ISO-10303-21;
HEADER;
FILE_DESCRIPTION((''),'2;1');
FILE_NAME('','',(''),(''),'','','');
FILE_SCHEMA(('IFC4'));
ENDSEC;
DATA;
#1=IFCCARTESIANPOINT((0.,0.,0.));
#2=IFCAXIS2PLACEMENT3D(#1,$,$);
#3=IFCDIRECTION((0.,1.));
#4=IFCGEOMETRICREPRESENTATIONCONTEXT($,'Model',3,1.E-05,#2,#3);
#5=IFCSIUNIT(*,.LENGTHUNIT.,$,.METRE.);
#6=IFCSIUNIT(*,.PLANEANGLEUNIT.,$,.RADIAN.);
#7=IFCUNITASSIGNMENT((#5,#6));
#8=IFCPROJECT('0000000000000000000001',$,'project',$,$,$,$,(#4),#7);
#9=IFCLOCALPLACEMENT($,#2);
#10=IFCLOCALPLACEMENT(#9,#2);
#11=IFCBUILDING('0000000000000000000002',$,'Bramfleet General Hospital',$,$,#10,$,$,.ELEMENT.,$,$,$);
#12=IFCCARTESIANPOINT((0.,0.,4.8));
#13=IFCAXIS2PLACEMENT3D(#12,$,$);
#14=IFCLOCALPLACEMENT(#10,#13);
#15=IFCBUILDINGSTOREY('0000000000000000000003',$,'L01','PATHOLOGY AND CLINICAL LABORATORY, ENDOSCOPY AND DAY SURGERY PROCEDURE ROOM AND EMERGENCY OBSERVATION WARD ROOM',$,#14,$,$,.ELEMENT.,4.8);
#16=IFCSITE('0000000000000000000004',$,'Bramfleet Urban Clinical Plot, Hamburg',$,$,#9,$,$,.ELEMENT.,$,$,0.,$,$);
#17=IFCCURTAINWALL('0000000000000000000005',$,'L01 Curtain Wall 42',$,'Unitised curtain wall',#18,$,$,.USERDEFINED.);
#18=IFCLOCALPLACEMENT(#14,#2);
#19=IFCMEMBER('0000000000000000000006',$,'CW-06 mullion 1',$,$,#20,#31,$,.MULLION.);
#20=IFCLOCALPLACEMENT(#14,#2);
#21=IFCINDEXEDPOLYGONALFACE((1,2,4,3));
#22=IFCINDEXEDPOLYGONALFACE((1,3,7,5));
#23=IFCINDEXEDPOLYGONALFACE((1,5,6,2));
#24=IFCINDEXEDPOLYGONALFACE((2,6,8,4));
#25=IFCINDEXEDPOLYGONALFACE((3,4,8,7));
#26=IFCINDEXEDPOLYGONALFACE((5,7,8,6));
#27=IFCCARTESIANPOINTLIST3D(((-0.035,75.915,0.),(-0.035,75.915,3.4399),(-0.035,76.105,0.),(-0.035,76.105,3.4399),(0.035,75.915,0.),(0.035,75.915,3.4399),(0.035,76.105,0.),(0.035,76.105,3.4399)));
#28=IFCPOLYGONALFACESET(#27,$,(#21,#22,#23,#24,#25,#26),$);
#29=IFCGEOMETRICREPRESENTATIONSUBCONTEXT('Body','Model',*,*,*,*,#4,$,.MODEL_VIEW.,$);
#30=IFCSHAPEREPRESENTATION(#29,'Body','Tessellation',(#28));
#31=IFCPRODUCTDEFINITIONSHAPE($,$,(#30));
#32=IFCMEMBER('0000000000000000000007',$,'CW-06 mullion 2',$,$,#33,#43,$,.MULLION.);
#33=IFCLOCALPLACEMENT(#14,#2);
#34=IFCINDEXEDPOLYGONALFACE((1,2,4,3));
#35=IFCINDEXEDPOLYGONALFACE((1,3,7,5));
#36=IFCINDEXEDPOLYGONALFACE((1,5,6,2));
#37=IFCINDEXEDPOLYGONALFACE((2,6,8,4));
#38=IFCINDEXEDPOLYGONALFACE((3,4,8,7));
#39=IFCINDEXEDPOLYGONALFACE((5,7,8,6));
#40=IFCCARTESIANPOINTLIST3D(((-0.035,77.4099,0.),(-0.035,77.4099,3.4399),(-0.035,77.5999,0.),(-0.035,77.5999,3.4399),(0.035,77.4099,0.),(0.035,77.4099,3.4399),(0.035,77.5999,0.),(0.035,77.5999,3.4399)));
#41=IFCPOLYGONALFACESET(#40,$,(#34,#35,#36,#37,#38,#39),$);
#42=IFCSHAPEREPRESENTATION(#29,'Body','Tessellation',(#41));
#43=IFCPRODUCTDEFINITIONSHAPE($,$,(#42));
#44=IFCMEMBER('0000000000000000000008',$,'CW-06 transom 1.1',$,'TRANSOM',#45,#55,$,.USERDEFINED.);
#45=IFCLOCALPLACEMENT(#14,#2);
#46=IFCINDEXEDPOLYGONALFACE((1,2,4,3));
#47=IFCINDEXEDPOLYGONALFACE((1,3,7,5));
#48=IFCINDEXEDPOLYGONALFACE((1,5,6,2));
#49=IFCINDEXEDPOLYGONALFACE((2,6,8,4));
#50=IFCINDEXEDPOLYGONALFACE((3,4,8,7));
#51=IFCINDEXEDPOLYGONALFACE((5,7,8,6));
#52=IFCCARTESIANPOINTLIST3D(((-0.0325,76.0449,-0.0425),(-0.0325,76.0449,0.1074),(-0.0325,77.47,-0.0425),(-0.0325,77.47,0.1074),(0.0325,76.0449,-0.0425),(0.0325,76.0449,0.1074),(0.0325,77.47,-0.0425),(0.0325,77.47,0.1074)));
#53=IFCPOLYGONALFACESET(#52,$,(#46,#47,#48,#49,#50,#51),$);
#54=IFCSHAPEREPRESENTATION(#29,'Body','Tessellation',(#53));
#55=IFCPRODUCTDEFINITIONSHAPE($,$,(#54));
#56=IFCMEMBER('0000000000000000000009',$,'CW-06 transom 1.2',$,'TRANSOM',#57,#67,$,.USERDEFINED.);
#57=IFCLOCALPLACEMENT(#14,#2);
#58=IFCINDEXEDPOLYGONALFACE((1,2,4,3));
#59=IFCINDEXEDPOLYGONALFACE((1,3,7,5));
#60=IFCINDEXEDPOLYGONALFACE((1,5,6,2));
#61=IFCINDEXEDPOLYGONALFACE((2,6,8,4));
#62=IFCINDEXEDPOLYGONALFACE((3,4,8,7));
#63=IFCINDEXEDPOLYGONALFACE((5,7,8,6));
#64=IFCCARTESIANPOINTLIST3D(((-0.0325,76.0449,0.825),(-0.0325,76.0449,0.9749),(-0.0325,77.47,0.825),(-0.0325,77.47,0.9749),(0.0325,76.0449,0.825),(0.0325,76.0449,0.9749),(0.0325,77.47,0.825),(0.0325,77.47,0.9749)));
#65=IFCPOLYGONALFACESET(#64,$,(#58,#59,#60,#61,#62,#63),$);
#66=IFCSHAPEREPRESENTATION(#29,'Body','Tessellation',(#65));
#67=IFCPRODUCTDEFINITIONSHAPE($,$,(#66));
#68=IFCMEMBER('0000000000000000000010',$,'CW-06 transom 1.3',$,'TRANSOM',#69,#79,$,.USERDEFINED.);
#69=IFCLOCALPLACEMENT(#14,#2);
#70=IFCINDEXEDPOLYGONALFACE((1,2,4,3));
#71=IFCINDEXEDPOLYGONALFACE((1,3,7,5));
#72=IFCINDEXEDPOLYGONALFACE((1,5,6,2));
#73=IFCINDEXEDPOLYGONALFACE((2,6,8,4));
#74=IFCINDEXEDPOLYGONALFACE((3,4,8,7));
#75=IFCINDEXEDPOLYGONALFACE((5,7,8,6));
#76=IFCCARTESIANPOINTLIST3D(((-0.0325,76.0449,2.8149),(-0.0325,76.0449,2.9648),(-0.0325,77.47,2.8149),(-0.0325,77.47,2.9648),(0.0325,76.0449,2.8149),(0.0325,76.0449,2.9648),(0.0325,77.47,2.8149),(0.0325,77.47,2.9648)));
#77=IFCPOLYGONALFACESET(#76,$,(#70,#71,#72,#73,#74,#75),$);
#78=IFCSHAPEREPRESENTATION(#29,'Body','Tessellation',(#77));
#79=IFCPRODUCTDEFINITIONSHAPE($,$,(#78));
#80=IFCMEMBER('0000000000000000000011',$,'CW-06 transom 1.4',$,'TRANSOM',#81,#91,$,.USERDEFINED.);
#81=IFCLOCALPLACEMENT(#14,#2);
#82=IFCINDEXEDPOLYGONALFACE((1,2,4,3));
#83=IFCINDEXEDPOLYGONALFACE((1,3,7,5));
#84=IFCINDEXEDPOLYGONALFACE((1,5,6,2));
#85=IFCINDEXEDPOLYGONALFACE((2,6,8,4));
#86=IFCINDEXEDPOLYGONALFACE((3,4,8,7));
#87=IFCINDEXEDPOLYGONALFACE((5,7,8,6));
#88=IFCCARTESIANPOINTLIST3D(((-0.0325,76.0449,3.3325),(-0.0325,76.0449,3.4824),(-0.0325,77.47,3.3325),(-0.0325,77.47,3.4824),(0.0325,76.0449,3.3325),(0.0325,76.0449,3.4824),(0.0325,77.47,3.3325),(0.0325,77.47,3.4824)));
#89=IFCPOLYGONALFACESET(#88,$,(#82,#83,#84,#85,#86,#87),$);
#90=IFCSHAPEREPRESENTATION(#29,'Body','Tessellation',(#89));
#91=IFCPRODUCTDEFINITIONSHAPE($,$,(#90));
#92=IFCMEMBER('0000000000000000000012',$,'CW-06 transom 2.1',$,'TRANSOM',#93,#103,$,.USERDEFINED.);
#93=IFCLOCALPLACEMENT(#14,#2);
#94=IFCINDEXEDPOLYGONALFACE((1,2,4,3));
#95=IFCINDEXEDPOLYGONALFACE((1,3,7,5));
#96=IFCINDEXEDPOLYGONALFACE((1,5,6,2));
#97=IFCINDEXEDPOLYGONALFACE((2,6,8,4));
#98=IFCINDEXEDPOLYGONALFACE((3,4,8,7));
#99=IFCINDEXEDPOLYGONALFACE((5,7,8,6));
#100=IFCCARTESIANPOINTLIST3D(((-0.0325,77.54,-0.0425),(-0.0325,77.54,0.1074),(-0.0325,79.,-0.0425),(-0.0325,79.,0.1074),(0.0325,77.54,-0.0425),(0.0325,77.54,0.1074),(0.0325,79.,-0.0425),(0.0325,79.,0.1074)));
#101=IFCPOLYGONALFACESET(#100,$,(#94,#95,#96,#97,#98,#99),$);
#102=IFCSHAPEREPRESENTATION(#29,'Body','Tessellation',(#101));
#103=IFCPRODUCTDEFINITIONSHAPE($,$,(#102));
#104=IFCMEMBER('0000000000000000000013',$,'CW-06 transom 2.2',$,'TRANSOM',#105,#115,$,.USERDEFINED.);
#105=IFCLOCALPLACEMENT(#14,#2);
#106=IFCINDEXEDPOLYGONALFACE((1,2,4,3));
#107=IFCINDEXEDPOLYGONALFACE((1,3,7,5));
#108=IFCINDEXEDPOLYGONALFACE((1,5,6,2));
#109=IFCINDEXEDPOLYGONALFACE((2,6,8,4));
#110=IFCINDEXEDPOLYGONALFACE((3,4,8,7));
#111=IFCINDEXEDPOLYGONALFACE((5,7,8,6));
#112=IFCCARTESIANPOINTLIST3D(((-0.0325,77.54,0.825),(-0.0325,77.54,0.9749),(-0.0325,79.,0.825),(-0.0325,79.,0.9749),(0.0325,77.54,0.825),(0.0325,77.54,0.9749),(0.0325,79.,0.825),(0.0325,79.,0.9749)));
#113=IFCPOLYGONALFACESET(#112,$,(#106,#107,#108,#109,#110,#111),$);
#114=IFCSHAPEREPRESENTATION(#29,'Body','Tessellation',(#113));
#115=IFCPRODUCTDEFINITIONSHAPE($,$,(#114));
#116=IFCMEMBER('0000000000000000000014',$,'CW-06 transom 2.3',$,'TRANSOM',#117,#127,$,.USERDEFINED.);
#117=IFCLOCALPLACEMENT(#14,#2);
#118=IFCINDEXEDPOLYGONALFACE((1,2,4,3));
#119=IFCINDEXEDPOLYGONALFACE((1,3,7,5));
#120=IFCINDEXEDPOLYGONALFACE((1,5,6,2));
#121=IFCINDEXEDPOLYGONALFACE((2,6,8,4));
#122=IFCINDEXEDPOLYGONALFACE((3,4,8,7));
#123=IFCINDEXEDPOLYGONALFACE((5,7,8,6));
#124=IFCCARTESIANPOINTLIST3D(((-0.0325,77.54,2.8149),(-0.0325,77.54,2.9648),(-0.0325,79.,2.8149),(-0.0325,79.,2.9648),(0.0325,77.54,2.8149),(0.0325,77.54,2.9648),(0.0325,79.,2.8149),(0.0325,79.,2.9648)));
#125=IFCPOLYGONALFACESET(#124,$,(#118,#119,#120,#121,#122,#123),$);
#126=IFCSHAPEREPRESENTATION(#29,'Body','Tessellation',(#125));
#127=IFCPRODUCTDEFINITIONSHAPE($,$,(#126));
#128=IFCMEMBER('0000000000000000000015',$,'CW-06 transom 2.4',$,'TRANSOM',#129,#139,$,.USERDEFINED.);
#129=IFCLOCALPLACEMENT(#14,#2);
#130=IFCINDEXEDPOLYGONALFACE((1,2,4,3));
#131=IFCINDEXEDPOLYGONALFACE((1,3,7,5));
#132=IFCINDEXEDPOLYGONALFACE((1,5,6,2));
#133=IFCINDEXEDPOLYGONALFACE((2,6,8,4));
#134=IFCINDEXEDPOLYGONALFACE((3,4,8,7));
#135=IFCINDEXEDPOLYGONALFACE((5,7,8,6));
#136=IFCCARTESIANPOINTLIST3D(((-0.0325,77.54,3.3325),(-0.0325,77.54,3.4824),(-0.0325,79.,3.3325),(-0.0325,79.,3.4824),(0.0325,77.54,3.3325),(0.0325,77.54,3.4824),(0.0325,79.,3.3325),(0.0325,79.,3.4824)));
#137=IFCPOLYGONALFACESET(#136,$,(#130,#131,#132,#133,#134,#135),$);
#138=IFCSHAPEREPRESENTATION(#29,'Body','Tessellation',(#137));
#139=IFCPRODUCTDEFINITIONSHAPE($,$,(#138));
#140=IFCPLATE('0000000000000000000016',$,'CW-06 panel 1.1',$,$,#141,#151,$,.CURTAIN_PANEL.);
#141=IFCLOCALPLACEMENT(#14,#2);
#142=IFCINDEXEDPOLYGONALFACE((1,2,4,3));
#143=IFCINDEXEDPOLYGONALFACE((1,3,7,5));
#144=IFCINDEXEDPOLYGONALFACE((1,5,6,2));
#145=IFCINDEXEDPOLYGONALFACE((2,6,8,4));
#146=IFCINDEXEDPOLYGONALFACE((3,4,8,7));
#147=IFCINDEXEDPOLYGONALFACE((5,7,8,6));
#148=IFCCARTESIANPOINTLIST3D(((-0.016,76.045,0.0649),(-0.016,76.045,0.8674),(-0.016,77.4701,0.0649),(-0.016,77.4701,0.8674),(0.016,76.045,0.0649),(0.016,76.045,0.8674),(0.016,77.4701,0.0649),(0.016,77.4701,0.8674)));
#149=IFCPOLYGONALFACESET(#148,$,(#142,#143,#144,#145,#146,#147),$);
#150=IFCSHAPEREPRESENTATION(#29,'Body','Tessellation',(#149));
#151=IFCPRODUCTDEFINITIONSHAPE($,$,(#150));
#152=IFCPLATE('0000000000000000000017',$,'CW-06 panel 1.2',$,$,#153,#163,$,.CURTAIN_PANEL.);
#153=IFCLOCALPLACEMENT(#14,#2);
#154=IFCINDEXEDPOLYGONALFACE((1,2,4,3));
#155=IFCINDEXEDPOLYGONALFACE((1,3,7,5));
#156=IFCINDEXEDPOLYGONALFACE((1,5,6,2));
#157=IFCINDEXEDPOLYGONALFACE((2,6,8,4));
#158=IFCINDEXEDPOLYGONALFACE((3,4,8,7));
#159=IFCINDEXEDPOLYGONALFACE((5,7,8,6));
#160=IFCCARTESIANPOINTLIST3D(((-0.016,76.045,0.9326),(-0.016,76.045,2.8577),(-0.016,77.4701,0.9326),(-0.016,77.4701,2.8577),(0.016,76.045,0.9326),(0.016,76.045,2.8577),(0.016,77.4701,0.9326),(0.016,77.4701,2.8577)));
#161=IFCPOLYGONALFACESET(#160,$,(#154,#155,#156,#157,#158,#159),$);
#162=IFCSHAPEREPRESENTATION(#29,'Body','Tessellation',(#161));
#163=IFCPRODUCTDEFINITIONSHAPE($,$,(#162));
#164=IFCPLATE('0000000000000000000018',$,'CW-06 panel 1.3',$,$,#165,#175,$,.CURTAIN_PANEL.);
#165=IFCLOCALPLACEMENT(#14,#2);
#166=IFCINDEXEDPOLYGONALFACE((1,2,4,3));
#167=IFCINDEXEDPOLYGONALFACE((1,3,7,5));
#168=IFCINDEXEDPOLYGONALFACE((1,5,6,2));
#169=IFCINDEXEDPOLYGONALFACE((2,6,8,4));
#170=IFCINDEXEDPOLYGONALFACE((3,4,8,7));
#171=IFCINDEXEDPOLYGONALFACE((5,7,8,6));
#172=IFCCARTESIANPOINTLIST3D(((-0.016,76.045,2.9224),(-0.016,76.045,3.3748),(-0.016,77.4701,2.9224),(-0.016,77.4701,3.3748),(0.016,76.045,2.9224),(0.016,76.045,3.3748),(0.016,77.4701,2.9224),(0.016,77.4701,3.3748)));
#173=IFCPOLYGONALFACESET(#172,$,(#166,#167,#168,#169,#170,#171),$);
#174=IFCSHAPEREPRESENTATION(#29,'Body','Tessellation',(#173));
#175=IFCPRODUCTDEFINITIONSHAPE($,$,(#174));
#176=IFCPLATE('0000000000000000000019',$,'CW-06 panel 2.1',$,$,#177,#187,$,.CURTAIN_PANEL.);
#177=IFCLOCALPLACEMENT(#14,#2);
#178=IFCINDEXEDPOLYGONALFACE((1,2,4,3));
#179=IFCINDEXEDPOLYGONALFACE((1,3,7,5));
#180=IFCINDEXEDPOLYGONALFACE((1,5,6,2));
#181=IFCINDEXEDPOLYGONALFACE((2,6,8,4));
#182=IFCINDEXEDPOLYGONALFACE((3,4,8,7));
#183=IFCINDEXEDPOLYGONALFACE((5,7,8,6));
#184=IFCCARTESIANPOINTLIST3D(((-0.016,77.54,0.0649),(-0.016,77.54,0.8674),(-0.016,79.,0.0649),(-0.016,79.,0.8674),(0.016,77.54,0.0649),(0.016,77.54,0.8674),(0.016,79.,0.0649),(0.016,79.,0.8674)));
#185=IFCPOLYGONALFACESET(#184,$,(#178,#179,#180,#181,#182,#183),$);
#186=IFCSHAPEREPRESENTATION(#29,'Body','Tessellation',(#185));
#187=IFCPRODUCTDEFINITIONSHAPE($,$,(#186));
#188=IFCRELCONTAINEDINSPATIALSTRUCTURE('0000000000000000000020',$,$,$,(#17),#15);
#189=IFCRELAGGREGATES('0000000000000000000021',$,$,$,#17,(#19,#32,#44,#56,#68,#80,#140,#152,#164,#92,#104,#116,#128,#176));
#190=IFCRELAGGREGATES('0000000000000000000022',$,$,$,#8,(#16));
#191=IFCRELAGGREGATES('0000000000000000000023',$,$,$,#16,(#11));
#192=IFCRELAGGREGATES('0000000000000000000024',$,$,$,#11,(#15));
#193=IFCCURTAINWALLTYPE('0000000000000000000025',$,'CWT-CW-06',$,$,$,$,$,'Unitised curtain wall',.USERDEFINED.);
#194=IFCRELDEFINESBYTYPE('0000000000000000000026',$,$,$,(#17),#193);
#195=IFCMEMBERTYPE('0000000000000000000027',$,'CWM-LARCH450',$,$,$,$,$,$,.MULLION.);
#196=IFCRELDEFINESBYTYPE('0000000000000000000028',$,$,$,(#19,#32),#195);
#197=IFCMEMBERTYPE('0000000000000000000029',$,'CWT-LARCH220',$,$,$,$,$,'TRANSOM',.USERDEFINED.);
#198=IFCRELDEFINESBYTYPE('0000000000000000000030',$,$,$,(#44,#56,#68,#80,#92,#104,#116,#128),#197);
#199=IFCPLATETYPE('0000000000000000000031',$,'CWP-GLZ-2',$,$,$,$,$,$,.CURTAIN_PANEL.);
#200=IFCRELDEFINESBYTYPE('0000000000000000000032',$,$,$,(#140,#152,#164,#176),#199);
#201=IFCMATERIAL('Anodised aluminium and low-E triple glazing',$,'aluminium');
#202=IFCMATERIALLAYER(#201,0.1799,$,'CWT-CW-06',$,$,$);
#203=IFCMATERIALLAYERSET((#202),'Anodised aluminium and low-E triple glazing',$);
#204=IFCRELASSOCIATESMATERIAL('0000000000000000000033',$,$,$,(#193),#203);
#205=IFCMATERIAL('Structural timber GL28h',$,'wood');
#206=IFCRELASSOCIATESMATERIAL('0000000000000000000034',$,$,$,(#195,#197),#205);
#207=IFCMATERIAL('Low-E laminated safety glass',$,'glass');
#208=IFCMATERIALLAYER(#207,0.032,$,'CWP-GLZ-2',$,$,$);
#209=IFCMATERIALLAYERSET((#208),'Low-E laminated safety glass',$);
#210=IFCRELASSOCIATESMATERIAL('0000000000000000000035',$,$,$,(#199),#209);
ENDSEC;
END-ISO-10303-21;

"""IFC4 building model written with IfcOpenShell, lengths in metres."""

from ifc_helpers import new_model, si_unit, direction, frame, origin, origin_2d, place, context, subcontext, project, spatial, rectangle, extrude, material, layer, layer_set, material_profile, profile_set, type_object, element, aggregate, save


model = new_model("IFC4")

# Units and contexts
model_context = context("Model", 3, precision=1e-05, world=origin(), true_north=direction((0.0, 1.0)))
body_context = subcontext(model_context, "Body", "Model", "MODEL_VIEW")
ifc_project = project(units=[si_unit("LENGTHUNIT", "METRE"), si_unit("PLANEANGLEUNIT", "RADIAN")], contexts=[model_context])

# Site, building, storey
site_placement = place(None, origin())
site = spatial("IfcSite", under=ifc_project, at=site_placement, Name="Bramfleet Urban Clinical Plot, Hamburg", CompositionType="ELEMENT", RefElevation=0.0)
building_placement = place(site_placement, origin())
building = spatial("IfcBuilding", under=site, at=building_placement, Name="Bramfleet General Hospital", CompositionType="ELEMENT")
storey_placement = place(building_placement, frame((0.0, 0.0, 4.8)))
storey = spatial("IfcBuildingStorey", under=building, at=storey_placement, Name="L01", Description="PATHOLOGY AND CLINICAL LABORATORY, ENDOSCOPY AND DAY SURGERY PROCEDURE ROOM AND EMERGENCY OBSERVATION WARD ROOM", CompositionType="ELEMENT", Elevation=4.8)

# Curtain wall, members, plates
ifc_material_1 = material(Name="Anodised aluminium and low-E triple glazing", Category="aluminium")
ifc_layer_1 = layer(ifc_material_1, 0.1799, Name="CWT-CW-06")
ifc_layer_set_1 = layer_set([ifc_layer_1], Name="Anodised aluminium and low-E triple glazing")
curtain_wall_type = type_object("IfcCurtainWallType", Name="CWT-CW-06", ElementType="Unitised curtain wall", PredefinedType="USERDEFINED", material=ifc_layer_set_1)
curtain_wall_placement = place(storey_placement, origin())
curtain_wall = element("IfcCurtainWall", 1, at=curtain_wall_placement, inside=storey, type_object=curtain_wall_type, Name="L01 Curtain Wall 42", ObjectType="Unitised curtain wall", PredefinedType="USERDEFINED")
ifc_material_2 = material(Name="Structural timber GL28h", Category="wood")
ifc_material_profile_1 = material_profile(ifc_material_2, rectangle(XDim=0.0701, YDim=0.1899, at=origin_2d()), Name="LARCH 190x70")
ifc_profile_set_1 = profile_set([ifc_material_profile_1], Name="Structural timber GL28h")
member_type_1 = type_object("IfcMemberType", Name="CWM-LARCH450", PredefinedType="MULLION", material=ifc_profile_set_1)
member_1_placement = place(storey_placement, frame((0.0, 76.01, 0.0), z_axis=(0.0, 0.0, 1.0), x_axis=(-1.0, 0.0, 0.0)))
member_1 = element("IfcMember", 2, at=member_1_placement, type_object=member_type_1, Name="CW-06 mullion 1", PredefinedType="MULLION", context=body_context, shape_type="SweptSolid", body=[
    extrude(rectangle(XDim=0.0701, YDim=0.1899, at=origin_2d()), origin(), (0.0, 0.0, 1.0), 3.4399),
])
member_2_placement = place(storey_placement, frame((0.0, 77.5049, 0.0), z_axis=(0.0, 0.0, 1.0), x_axis=(-1.0, 0.0, 0.0)))
member_2 = element("IfcMember", 3, at=member_2_placement, type_object=member_type_1, Name="CW-06 mullion 2", PredefinedType="MULLION", context=body_context, shape_type="SweptSolid", body=[
    extrude(rectangle(XDim=0.0701, YDim=0.1899, at=origin_2d()), origin(), (0.0, 0.0, 1.0), 3.4399),
])
ifc_material_profile_2 = material_profile(ifc_material_2, rectangle(XDim=0.0649, YDim=0.1499, at=origin_2d()), Name="LARCH 150x65")
ifc_profile_set_2 = profile_set([ifc_material_profile_2], Name="Structural timber GL28h")
member_type_2 = type_object("IfcMemberType", Name="CWT-LARCH220", ElementType="TRANSOM", PredefinedType="USERDEFINED", material=ifc_profile_set_2)
member_3_placement = place(storey_placement, frame((0.0, 76.0449, 0.0325), z_axis=(0.0, 1.0, 0.0), x_axis=(-1.0, 0.0, 0.0)))
member_3 = element("IfcMember", 4, at=member_3_placement, type_object=member_type_2, Name="CW-06 transom 1.1", ObjectType="TRANSOM", PredefinedType="USERDEFINED", context=body_context, shape_type="SweptSolid", body=[
    extrude(rectangle(XDim=0.0649, YDim=0.1499, at=origin_2d()), origin(), (0.0, 0.0, 1.0), 1.425),
])
member_4_placement = place(storey_placement, frame((0.0, 76.0449, 0.8999), z_axis=(0.0, 1.0, 0.0), x_axis=(-1.0, 0.0, 0.0)))
member_4 = element("IfcMember", 5, at=member_4_placement, type_object=member_type_2, Name="CW-06 transom 1.2", ObjectType="TRANSOM", PredefinedType="USERDEFINED", context=body_context, shape_type="SweptSolid", body=[
    extrude(rectangle(XDim=0.0649, YDim=0.1499, at=origin_2d()), origin(), (0.0, 0.0, 1.0), 1.425),
])
member_5_placement = place(storey_placement, frame((0.0, 76.0449, 2.8899), z_axis=(0.0, 1.0, 0.0), x_axis=(-1.0, 0.0, 0.0)))
member_5 = element("IfcMember", 6, at=member_5_placement, type_object=member_type_2, Name="CW-06 transom 1.3", ObjectType="TRANSOM", PredefinedType="USERDEFINED", context=body_context, shape_type="SweptSolid", body=[
    extrude(rectangle(XDim=0.0649, YDim=0.1499, at=origin_2d()), origin(), (0.0, 0.0, 1.0), 1.425),
])
member_6_placement = place(storey_placement, frame((0.0, 76.0449, 3.4075), z_axis=(0.0, 1.0, 0.0), x_axis=(-1.0, 0.0, 0.0)))
member_6 = element("IfcMember", 7, at=member_6_placement, type_object=member_type_2, Name="CW-06 transom 1.4", ObjectType="TRANSOM", PredefinedType="USERDEFINED", context=body_context, shape_type="SweptSolid", body=[
    extrude(rectangle(XDim=0.0649, YDim=0.1499, at=origin_2d()), origin(), (0.0, 0.0, 1.0), 1.425),
])
member_7_placement = place(storey_placement, frame((0.0, 77.54, 0.0325), z_axis=(0.0, 1.0, 0.0), x_axis=(-1.0, 0.0, 0.0)))
member_7 = element("IfcMember", 8, at=member_7_placement, type_object=member_type_2, Name="CW-06 transom 2.1", ObjectType="TRANSOM", PredefinedType="USERDEFINED", context=body_context, shape_type="SweptSolid", body=[
    extrude(rectangle(XDim=0.0649, YDim=0.1499, at=origin_2d()), origin(), (0.0, 0.0, 1.0), 1.46),
])
member_8_placement = place(storey_placement, frame((0.0, 77.54, 0.8999), z_axis=(0.0, 1.0, 0.0), x_axis=(-1.0, 0.0, 0.0)))
member_8 = element("IfcMember", 9, at=member_8_placement, type_object=member_type_2, Name="CW-06 transom 2.2", ObjectType="TRANSOM", PredefinedType="USERDEFINED", context=body_context, shape_type="SweptSolid", body=[
    extrude(rectangle(XDim=0.0649, YDim=0.1499, at=origin_2d()), origin(), (0.0, 0.0, 1.0), 1.46),
])
member_9_placement = place(storey_placement, frame((0.0, 77.54, 2.8899), z_axis=(0.0, 1.0, 0.0), x_axis=(-1.0, 0.0, 0.0)))
member_9 = element("IfcMember", 10, at=member_9_placement, type_object=member_type_2, Name="CW-06 transom 2.3", ObjectType="TRANSOM", PredefinedType="USERDEFINED", context=body_context, shape_type="SweptSolid", body=[
    extrude(rectangle(XDim=0.0649, YDim=0.1499, at=origin_2d()), origin(), (0.0, 0.0, 1.0), 1.46),
])
member_10_placement = place(storey_placement, frame((0.0, 77.54, 3.4075), z_axis=(0.0, 1.0, 0.0), x_axis=(-1.0, 0.0, 0.0)))
member_10 = element("IfcMember", 11, at=member_10_placement, type_object=member_type_2, Name="CW-06 transom 2.4", ObjectType="TRANSOM", PredefinedType="USERDEFINED", context=body_context, shape_type="SweptSolid", body=[
    extrude(rectangle(XDim=0.0649, YDim=0.1499, at=origin_2d()), origin(), (0.0, 0.0, 1.0), 1.46),
])
ifc_material_3 = material(Name="Low-E laminated safety glass", Category="glass")
ifc_layer_2 = layer(ifc_material_3, 0.032, Name="CWP-GLZ-2")
ifc_layer_set_2 = layer_set([ifc_layer_2], Name="Low-E laminated safety glass")
plate_type = type_object("IfcPlateType", Name="CWP-GLZ-2", PredefinedType="CURTAIN_PANEL", material=ifc_layer_set_2)
plate_1_placement = place(storey_placement, frame((0.0, 76.7576, 0.0649), z_axis=(0.0, 0.0, 1.0), x_axis=(0.0, 1.0, 0.0)))
plate_1 = element("IfcPlate", 12, at=plate_1_placement, type_object=plate_type, Name="CW-06 panel 1.1", PredefinedType="CURTAIN_PANEL", context=body_context, shape_type="SweptSolid", body=[
    extrude(rectangle(XDim=1.425, YDim=0.032, at=origin_2d()), origin(), (0.0, 0.0, 1.0), 0.8025),
])
plate_2_placement = place(storey_placement, frame((0.0, 76.7576, 0.9326), z_axis=(0.0, 0.0, 1.0), x_axis=(0.0, 1.0, 0.0)))
plate_2 = element("IfcPlate", 13, at=plate_2_placement, type_object=plate_type, Name="CW-06 panel 1.2", PredefinedType="CURTAIN_PANEL", context=body_context, shape_type="SweptSolid", body=[
    extrude(rectangle(XDim=1.425, YDim=0.032, at=origin_2d()), origin(), (0.0, 0.0, 1.0), 1.925),
])
plate_3_placement = place(storey_placement, frame((0.0, 76.7576, 2.9224), z_axis=(0.0, 0.0, 1.0), x_axis=(0.0, 1.0, 0.0)))
plate_3 = element("IfcPlate", 14, at=plate_3_placement, type_object=plate_type, Name="CW-06 panel 1.3", PredefinedType="CURTAIN_PANEL", context=body_context, shape_type="SweptSolid", body=[
    extrude(rectangle(XDim=1.425, YDim=0.032, at=origin_2d()), origin(), (0.0, 0.0, 1.0), 0.4524),
])
plate_4_placement = place(storey_placement, frame((0.0, 78.27, 0.0649), z_axis=(0.0, 0.0, 1.0), x_axis=(0.0, 1.0, 0.0)))
plate_4 = element("IfcPlate", 15, at=plate_4_placement, type_object=plate_type, Name="CW-06 panel 2.1", PredefinedType="CURTAIN_PANEL", context=body_context, shape_type="SweptSolid", body=[
    extrude(rectangle(XDim=1.46, YDim=0.032, at=origin_2d()), origin(), (0.0, 0.0, 1.0), 0.8025),
])
aggregate(curtain_wall, [member_1, member_2, member_3, member_4, member_5, member_6, plate_1, plate_2, plate_3, member_7, member_8, member_9, member_10, plate_4])

save(model, "model.ifc")
